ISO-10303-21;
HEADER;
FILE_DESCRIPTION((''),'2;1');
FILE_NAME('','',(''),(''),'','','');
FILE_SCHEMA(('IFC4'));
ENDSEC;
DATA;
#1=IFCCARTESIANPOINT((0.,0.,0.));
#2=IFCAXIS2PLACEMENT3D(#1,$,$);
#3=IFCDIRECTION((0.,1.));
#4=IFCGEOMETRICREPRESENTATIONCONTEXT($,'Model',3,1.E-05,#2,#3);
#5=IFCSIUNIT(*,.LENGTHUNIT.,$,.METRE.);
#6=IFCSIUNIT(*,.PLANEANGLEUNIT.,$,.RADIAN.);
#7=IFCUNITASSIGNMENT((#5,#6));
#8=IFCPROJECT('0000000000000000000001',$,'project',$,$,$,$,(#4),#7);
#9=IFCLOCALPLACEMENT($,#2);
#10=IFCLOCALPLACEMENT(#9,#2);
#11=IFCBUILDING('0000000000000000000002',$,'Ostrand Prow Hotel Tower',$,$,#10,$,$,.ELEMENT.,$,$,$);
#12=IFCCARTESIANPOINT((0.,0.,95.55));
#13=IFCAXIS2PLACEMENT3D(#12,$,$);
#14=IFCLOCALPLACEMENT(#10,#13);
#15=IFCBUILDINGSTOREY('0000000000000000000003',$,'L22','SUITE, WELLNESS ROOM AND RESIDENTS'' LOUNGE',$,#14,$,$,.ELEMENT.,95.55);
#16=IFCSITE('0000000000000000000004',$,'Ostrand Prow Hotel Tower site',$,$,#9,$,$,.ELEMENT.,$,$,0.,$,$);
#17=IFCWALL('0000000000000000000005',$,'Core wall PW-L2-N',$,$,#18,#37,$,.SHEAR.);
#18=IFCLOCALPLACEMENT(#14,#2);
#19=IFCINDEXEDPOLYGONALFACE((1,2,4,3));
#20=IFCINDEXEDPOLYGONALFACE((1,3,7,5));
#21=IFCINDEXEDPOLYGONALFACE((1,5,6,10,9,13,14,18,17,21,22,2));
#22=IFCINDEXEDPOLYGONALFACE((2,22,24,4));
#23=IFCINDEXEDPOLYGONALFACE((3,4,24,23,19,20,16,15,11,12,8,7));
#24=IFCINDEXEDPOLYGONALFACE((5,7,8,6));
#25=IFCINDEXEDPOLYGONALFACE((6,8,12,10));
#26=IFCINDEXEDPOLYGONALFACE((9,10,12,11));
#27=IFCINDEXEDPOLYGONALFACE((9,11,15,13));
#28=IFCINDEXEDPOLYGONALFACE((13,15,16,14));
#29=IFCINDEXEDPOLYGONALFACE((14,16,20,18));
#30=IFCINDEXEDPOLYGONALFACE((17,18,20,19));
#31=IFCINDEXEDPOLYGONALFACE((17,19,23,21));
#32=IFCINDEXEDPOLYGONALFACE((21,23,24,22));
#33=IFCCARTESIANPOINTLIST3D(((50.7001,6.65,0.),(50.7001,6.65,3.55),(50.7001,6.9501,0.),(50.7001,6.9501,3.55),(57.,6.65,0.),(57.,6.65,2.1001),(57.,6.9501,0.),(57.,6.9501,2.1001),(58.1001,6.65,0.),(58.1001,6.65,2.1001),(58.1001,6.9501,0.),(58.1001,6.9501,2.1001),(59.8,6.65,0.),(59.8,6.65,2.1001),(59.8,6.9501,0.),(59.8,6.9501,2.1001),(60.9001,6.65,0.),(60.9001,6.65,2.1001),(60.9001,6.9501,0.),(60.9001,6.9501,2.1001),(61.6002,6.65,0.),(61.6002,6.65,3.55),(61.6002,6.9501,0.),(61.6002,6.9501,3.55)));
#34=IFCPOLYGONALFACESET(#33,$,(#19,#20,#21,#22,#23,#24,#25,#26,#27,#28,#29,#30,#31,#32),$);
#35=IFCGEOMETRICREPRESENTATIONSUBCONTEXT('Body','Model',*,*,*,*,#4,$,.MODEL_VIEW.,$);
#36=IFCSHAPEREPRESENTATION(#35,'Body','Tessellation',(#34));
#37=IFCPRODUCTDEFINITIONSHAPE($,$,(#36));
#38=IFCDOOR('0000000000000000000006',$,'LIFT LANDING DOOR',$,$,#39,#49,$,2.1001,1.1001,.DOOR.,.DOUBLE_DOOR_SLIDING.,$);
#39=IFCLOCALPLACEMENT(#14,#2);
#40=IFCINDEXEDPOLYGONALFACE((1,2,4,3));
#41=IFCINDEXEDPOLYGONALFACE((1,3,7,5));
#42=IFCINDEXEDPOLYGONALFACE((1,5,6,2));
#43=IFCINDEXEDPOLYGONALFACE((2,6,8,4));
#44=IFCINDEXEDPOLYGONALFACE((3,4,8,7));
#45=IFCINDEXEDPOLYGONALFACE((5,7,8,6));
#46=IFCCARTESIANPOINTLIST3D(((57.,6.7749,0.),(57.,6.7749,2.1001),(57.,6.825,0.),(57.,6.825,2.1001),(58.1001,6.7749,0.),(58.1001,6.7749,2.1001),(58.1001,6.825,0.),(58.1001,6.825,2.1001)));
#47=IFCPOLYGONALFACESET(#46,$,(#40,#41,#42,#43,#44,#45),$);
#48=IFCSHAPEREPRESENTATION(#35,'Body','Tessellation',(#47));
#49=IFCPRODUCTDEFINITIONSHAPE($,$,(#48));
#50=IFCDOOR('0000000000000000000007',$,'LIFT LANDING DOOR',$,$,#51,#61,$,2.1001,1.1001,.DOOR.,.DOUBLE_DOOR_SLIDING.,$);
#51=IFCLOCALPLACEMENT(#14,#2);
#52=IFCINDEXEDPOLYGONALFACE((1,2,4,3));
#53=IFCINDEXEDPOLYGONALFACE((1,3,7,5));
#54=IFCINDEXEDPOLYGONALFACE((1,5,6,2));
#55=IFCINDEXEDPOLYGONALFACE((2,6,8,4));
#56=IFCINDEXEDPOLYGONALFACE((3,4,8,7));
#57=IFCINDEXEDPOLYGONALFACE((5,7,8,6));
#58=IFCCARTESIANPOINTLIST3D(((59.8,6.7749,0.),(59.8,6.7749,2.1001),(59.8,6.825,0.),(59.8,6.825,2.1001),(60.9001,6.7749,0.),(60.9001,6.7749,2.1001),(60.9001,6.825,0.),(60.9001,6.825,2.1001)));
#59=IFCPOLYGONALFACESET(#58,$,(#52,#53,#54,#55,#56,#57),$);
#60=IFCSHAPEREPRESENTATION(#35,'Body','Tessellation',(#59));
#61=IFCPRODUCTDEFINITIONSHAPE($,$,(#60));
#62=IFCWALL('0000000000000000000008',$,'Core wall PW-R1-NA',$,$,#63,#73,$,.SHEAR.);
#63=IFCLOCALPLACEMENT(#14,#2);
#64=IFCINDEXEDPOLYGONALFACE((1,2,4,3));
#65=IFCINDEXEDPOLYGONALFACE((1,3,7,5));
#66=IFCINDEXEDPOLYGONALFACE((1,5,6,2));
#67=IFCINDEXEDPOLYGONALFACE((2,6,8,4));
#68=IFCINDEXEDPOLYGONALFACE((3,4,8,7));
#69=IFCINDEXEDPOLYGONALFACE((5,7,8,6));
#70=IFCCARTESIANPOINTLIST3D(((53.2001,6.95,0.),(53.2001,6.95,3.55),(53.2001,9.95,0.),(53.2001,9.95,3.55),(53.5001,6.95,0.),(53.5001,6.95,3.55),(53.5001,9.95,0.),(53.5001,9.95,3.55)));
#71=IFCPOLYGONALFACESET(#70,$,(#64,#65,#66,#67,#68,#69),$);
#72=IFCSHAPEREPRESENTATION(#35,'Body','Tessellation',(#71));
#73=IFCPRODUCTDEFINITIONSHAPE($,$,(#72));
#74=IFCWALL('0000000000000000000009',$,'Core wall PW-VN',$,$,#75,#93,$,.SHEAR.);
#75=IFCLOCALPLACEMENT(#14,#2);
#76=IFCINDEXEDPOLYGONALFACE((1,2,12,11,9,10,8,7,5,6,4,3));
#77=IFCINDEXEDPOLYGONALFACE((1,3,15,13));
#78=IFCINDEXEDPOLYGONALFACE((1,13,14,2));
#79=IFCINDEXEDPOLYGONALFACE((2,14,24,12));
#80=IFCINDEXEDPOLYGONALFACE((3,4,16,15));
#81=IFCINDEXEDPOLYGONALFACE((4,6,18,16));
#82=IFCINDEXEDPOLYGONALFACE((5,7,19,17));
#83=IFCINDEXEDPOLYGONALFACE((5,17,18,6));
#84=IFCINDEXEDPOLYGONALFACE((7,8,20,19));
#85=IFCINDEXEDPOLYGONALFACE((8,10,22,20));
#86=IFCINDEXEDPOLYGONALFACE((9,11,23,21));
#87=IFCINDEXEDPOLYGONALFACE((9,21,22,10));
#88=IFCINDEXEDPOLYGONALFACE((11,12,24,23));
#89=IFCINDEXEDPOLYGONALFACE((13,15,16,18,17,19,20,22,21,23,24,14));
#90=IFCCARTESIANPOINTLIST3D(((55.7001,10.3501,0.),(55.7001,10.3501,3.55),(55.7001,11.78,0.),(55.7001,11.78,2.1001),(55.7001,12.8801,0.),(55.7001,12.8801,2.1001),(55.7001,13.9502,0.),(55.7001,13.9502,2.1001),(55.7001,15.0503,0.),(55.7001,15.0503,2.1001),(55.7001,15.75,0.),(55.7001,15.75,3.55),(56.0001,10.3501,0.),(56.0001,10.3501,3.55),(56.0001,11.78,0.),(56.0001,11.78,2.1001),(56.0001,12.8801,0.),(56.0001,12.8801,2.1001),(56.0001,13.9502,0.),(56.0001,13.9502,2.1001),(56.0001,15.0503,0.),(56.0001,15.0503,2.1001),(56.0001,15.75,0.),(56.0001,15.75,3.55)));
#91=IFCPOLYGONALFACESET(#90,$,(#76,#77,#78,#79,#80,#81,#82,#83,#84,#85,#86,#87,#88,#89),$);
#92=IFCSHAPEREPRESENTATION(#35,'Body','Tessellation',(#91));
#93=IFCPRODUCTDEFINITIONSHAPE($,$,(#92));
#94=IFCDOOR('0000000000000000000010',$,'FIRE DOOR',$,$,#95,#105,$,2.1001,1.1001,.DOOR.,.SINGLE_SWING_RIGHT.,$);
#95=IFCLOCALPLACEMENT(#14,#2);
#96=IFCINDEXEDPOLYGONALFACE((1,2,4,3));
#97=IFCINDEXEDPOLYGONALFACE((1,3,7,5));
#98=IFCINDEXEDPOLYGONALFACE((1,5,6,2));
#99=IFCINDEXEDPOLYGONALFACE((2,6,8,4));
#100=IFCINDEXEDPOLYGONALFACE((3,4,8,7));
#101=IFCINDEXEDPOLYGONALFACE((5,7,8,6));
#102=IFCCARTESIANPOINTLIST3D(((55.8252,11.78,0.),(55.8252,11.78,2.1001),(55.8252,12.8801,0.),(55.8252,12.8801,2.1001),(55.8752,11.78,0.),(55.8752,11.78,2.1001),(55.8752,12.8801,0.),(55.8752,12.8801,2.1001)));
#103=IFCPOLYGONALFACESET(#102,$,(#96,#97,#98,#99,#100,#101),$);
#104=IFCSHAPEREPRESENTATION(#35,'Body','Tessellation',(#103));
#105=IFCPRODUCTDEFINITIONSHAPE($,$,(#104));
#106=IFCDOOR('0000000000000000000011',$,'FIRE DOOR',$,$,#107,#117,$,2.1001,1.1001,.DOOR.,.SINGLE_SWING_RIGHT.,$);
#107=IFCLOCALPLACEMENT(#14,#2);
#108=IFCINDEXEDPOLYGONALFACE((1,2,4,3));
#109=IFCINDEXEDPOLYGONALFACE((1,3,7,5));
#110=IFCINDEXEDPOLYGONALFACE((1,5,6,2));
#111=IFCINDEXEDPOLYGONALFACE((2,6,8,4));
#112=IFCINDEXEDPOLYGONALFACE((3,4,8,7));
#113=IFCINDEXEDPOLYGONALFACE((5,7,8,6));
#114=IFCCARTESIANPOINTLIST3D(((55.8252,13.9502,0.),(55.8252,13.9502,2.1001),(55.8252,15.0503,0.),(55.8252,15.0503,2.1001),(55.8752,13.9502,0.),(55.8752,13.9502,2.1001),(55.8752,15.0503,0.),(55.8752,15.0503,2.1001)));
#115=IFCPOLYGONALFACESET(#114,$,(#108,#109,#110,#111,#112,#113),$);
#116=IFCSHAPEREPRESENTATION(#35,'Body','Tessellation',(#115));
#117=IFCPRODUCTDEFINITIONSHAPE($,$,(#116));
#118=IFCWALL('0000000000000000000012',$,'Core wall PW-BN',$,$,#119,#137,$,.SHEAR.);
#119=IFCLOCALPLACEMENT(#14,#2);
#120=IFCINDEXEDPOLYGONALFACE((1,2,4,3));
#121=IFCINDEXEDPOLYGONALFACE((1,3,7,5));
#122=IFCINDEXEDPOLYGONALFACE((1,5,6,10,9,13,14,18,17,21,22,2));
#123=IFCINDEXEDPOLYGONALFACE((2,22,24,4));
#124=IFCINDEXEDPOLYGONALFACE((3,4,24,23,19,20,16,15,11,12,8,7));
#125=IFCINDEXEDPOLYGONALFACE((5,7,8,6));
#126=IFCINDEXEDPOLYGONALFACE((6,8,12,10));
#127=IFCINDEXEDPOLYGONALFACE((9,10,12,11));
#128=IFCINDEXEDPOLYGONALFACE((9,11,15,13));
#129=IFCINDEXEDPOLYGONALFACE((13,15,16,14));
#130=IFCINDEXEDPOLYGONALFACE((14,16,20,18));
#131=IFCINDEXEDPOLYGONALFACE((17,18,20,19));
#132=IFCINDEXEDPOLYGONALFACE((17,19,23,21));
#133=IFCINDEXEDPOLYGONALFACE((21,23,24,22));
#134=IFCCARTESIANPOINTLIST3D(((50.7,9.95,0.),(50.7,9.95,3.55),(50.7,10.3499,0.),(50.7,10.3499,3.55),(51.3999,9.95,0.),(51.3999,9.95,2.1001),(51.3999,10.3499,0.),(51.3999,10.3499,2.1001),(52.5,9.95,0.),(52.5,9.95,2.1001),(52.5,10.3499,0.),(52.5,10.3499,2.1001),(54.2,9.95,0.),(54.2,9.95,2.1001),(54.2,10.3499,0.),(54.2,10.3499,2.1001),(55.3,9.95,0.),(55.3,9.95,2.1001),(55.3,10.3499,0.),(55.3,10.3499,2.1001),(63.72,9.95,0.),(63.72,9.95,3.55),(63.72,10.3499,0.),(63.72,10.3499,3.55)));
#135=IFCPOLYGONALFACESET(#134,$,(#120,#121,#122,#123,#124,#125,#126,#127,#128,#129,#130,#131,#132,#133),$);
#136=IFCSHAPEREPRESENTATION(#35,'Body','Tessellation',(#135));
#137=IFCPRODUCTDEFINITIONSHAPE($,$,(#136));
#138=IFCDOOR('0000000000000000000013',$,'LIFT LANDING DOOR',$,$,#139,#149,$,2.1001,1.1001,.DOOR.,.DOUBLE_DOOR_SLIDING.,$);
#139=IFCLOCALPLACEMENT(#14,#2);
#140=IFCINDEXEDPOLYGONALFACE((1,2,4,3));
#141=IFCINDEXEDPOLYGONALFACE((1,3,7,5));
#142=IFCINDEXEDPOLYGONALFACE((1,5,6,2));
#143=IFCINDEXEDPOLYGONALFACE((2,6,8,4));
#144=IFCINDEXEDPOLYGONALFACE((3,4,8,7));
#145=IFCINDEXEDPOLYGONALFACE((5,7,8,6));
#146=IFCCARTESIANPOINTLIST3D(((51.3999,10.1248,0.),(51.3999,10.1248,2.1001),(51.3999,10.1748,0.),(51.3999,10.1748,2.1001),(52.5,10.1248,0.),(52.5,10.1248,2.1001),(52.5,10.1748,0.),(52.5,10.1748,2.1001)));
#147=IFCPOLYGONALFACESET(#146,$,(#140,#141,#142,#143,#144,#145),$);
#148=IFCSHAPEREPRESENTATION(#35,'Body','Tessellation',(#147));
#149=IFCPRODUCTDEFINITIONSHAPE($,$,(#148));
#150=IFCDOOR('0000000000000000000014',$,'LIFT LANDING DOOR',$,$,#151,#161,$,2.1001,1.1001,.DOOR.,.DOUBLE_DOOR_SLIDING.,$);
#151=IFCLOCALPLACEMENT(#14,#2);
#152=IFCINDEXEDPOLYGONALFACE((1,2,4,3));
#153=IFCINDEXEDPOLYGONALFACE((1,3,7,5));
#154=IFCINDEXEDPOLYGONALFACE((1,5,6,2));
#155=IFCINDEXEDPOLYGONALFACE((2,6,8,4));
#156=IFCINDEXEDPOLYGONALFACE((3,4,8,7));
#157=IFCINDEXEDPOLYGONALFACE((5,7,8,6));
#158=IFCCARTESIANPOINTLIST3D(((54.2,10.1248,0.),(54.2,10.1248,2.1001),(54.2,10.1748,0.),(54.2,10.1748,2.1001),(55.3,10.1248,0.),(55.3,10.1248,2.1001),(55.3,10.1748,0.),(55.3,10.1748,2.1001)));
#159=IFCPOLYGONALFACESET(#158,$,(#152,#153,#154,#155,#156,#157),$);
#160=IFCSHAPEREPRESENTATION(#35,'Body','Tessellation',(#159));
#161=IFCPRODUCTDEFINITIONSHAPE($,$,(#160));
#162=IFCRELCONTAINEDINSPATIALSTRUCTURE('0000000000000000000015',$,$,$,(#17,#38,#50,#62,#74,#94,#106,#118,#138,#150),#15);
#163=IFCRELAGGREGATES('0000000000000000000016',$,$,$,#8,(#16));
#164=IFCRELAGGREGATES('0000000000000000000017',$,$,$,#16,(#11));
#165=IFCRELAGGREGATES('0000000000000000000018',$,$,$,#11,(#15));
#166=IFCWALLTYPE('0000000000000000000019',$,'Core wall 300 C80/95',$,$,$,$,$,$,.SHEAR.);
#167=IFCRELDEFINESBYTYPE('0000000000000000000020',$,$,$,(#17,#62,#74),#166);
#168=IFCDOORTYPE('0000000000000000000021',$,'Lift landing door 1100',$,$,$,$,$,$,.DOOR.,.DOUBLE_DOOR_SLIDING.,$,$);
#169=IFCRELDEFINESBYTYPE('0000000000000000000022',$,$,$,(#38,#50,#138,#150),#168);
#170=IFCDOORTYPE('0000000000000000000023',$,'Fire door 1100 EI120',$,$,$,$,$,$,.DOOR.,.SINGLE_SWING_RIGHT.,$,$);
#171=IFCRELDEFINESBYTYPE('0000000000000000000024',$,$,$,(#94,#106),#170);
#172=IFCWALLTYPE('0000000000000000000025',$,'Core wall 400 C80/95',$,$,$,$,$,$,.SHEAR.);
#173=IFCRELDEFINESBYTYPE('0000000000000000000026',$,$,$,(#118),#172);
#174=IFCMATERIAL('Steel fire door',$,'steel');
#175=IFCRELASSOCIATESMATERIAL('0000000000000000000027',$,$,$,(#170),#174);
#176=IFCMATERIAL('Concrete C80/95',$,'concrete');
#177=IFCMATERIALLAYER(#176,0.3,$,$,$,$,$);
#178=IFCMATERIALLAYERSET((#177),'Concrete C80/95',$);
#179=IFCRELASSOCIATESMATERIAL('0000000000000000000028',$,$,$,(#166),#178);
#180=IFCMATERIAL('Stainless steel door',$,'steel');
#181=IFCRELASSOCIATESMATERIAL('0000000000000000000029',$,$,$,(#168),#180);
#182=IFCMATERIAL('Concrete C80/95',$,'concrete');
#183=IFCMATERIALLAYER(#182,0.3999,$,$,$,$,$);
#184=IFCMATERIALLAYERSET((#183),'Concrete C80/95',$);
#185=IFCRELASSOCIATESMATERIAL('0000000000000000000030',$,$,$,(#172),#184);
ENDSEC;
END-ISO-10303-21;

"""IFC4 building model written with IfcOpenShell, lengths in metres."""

from ifc_helpers import new_model, si_unit, direction, frame, frame_2d, origin, place, context, subcontext, project, spatial, rectangle, extrude, material, layer, layer_set, type_object, element, fill, save


model = new_model("IFC4")

# Units and contexts
model_context = context("Model", 3, precision=1e-05, world=origin(), true_north=direction((0.0, 1.0)))
body_context = subcontext(model_context, "Body", "Model", "MODEL_VIEW")
ifc_project = project(units=[si_unit("LENGTHUNIT", "METRE"), si_unit("PLANEANGLEUNIT", "RADIAN")], contexts=[model_context])

# Site, building, storey
site_placement = place(None, origin())
site = spatial("IfcSite", under=ifc_project, at=site_placement, Name="Ostrand Prow Hotel Tower site", CompositionType="ELEMENT", RefElevation=0.0)
building_placement = place(site_placement, origin())
building = spatial("IfcBuilding", under=site, at=building_placement, Name="Ostrand Prow Hotel Tower", CompositionType="ELEMENT")
storey_placement = place(building_placement, frame((0.0, 0.0, 95.55)))
storey = spatial("IfcBuildingStorey", under=building, at=storey_placement, Name="L22", Description="SUITE, WELLNESS ROOM AND RESIDENTS' LOUNGE", CompositionType="ELEMENT", Elevation=95.55)

# Shared definitions
ifc_material_1 = material(Name="Steel fire door", Category="steel")
door_type_1 = type_object("IfcDoorType", Name="Fire door 1100 EI120", OperationType="SINGLE_SWING_RIGHT", PredefinedType="DOOR", material=ifc_material_1)

# Wall, openings, doors
ifc_material_2 = material(Name="Concrete C80/95", Category="concrete")
ifc_layer_1 = layer(ifc_material_2, 0.3)
ifc_layer_set_1 = layer_set([ifc_layer_1], Name="Concrete C80/95")
wall_type_1 = type_object("IfcWallType", Name="Core wall 300 C80/95", PredefinedType="SHEAR", material=ifc_layer_set_1)
wall_1_placement = place(storey_placement, frame((50.7, 6.8, 0.0), z_axis=(0.0, 0.0, 1.0), x_axis=(1.0, 0.0, 0.0)))
wall_1 = element("IfcWall", 1, at=wall_1_placement, inside=storey, type_object=wall_type_1, Name="Core wall PW-L2-N", PredefinedType="SHEAR", context=body_context, shape_type="SweptSolid", body=[
    extrude(rectangle(XDim=10.9001, YDim=0.3, at=frame_2d((5.4502, 0.0))), origin(), (0.0, 0.0, 1.0), 3.55),
])
opening_1_placement = place(wall_1_placement, frame((6.3, 0.0, 0.0)))
opening_1 = element("IfcOpeningElement", 2, at=opening_1_placement, cuts=wall_1, PredefinedType="OPENING", context=body_context, shape_type="SweptSolid", body=[
    extrude(rectangle(XDim=1.1001, YDim=2.1001, at=frame_2d((0.55, 1.05))), frame((0.0, 0.1599, 0.0), z_axis=(0.0, -1.0, 0.0), x_axis=(1.0, 0.0, 0.0)), (0.0, 0.0, 1.0), 0.3201),
])
opening_2_placement = place(wall_1_placement, frame((9.1001, 0.0, 0.0)))
opening_2 = element("IfcOpeningElement", 3, at=opening_2_placement, cuts=wall_1, PredefinedType="OPENING", context=body_context, shape_type="SweptSolid", body=[
    extrude(rectangle(XDim=1.1001, YDim=2.1001, at=frame_2d((0.55, 1.05))), frame((0.0, 0.1599, 0.0), z_axis=(0.0, -1.0, 0.0), x_axis=(1.0, 0.0, 0.0)), (0.0, 0.0, 1.0), 0.3201),
])
ifc_material_3 = material(Name="Stainless steel door", Category="steel")
door_type_2 = type_object("IfcDoorType", Name="Lift landing door 1100", OperationType="DOUBLE_DOOR_SLIDING", PredefinedType="DOOR", material=ifc_material_3)
door_1_placement = place(opening_1_placement, origin())
door_1 = element("IfcDoor", 4, at=door_1_placement, inside=storey, type_object=door_type_2, Name="LIFT LANDING DOOR", OperationType="DOUBLE_DOOR_SLIDING", OverallHeight=2.1001, OverallWidth=1.1001, PredefinedType="DOOR", context=body_context, shape_type="SweptSolid", body=[
    extrude(rectangle(XDim=1.1001, YDim=2.1001, at=frame_2d((0.55, 1.05))), frame((0.0, 0.0249, 0.0), z_axis=(0.0, -1.0, 0.0), x_axis=(1.0, 0.0, 0.0)), (0.0, 0.0, 1.0), 0.05),
])
fill(opening_1, door_1)
door_2_placement = place(opening_2_placement, origin())
door_2 = element("IfcDoor", 5, at=door_2_placement, inside=storey, type_object=door_type_2, Name="LIFT LANDING DOOR", OperationType="DOUBLE_DOOR_SLIDING", OverallHeight=2.1001, OverallWidth=1.1001, PredefinedType="DOOR", context=body_context, shape_type="SweptSolid", body=[
    extrude(rectangle(XDim=1.1001, YDim=2.1001, at=frame_2d((0.55, 1.05))), frame((0.0, 0.0249, 0.0), z_axis=(0.0, -1.0, 0.0), x_axis=(1.0, 0.0, 0.0)), (0.0, 0.0, 1.0), 0.05),
])
fill(opening_2, door_2)

# Wall
wall_2_placement = place(storey_placement, frame((53.3501, 6.95, 0.0), z_axis=(0.0, 0.0, 1.0), x_axis=(0.0, 1.0, 0.0)))
element("IfcWall", 6, at=wall_2_placement, inside=storey, type_object=wall_type_1, Name="Core wall PW-R1-NA", PredefinedType="SHEAR", context=body_context, shape_type="SweptSolid", body=[
    extrude(rectangle(XDim=3.0, YDim=0.3, at=frame_2d((1.5, 0.0))), origin(), (0.0, 0.0, 1.0), 3.55),
])

# Walls, openings, doors
wall_3_placement = place(storey_placement, frame((55.8501, 10.3501, 0.0), z_axis=(0.0, 0.0, 1.0), x_axis=(0.0, 1.0, 0.0)))
wall_3 = element("IfcWall", 7, at=wall_3_placement, inside=storey, type_object=wall_type_1, Name="Core wall PW-VN", PredefinedType="SHEAR", context=body_context, shape_type="SweptSolid", body=[
    extrude(rectangle(XDim=5.3999, YDim=0.3, at=frame_2d((2.7, 0.0))), origin(), (0.0, 0.0, 1.0), 3.55),
])
opening_3_placement = place(wall_3_placement, frame((1.4299, 0.0, 0.0)))
opening_3 = element("IfcOpeningElement", 8, at=opening_3_placement, cuts=wall_3, PredefinedType="OPENING", context=body_context, shape_type="SweptSolid", body=[
    extrude(rectangle(XDim=1.1001, YDim=2.1001, at=frame_2d((0.55, 1.05))), frame((0.0, 0.1599, 0.0), z_axis=(0.0, -1.0, 0.0), x_axis=(1.0, 0.0, 0.0)), (0.0, 0.0, 1.0), 0.3201),
])
opening_4_placement = place(wall_3_placement, frame((3.6001, 0.0, 0.0)))
opening_4 = element("IfcOpeningElement", 9, at=opening_4_placement, cuts=wall_3, PredefinedType="OPENING", context=body_context, shape_type="SweptSolid", body=[
    extrude(rectangle(XDim=1.1001, YDim=2.1001, at=frame_2d((0.55, 1.05))), frame((0.0, 0.1599, 0.0), z_axis=(0.0, -1.0, 0.0), x_axis=(1.0, 0.0, 0.0)), (0.0, 0.0, 1.0), 0.3201),
])
door_3_placement = place(opening_3_placement, origin())
door_3 = element("IfcDoor", 10, at=door_3_placement, inside=storey, type_object=door_type_1, Name="FIRE DOOR", OperationType="SINGLE_SWING_RIGHT", OverallHeight=2.1001, OverallWidth=1.1001, PredefinedType="DOOR", context=body_context, shape_type="SweptSolid", body=[
    extrude(rectangle(XDim=1.1001, YDim=2.1001, at=frame_2d((0.55, 1.05))), frame((0.0, 0.0249, 0.0), z_axis=(0.0, -1.0, 0.0), x_axis=(1.0, 0.0, 0.0)), (0.0, 0.0, 1.0), 0.05),
])
fill(opening_3, door_3)
door_4_placement = place(opening_4_placement, origin())
door_4 = element("IfcDoor", 11, at=door_4_placement, inside=storey, type_object=door_type_1, Name="FIRE DOOR", OperationType="SINGLE_SWING_RIGHT", OverallHeight=2.1001, OverallWidth=1.1001, PredefinedType="DOOR", context=body_context, shape_type="SweptSolid", body=[
    extrude(rectangle(XDim=1.1001, YDim=2.1001, at=frame_2d((0.55, 1.05))), frame((0.0, 0.0249, 0.0), z_axis=(0.0, -1.0, 0.0), x_axis=(1.0, 0.0, 0.0)), (0.0, 0.0, 1.0), 0.05),
])
fill(opening_4, door_4)
ifc_material_4 = material(Name="Concrete C80/95", Category="concrete")
ifc_layer_2 = layer(ifc_material_4, 0.3999)
ifc_layer_set_2 = layer_set([ifc_layer_2], Name="Concrete C80/95")
wall_type_2 = type_object("IfcWallType", Name="Core wall 400 C80/95", PredefinedType="SHEAR", material=ifc_layer_set_2)
wall_4_placement = place(storey_placement, frame((50.7, 10.1499, 0.0), z_axis=(0.0, 0.0, 1.0), x_axis=(1.0, 0.0, 0.0)))
wall_4 = element("IfcWall", 12, at=wall_4_placement, inside=storey, type_object=wall_type_2, Name="Core wall PW-BN", PredefinedType="SHEAR", context=body_context, shape_type="SweptSolid", body=[
    extrude(rectangle(XDim=13.02, YDim=0.3999, at=frame_2d((6.51, 0.0))), origin(), (0.0, 0.0, 1.0), 3.55),
])
opening_5_placement = place(wall_4_placement, frame((0.7, 0.0, 0.0)))
opening_5 = element("IfcOpeningElement", 13, at=opening_5_placement, cuts=wall_4, PredefinedType="OPENING", context=body_context, shape_type="SweptSolid", body=[
    extrude(rectangle(XDim=1.1001, YDim=2.1001, at=frame_2d((0.55, 1.05))), frame((0.0, 0.21, 0.0), z_axis=(0.0, -1.0, 0.0), x_axis=(1.0, 0.0, 0.0)), (0.0, 0.0, 1.0), 0.4199),
])
opening_6_placement = place(wall_4_placement, frame((3.5, 0.0, 0.0)))
opening_6 = element("IfcOpeningElement", 14, at=opening_6_placement, cuts=wall_4, PredefinedType="OPENING", context=body_context, shape_type="SweptSolid", body=[
    extrude(rectangle(XDim=1.1001, YDim=2.1001, at=frame_2d((0.55, 1.05))), frame((0.0, 0.21, 0.0), z_axis=(0.0, -1.0, 0.0), x_axis=(1.0, 0.0, 0.0)), (0.0, 0.0, 1.0), 0.4199),
])
door_5_placement = place(opening_5_placement, origin())
door_5 = element("IfcDoor", 15, at=door_5_placement, inside=storey, type_object=door_type_2, Name="LIFT LANDING DOOR", OperationType="DOUBLE_DOOR_SLIDING", OverallHeight=2.1001, OverallWidth=1.1001, PredefinedType="DOOR", context=body_context, shape_type="SweptSolid", body=[
    extrude(rectangle(XDim=1.1001, YDim=2.1001, at=frame_2d((0.55, 1.05))), frame((0.0, 0.0249, 0.0), z_axis=(0.0, -1.0, 0.0), x_axis=(1.0, 0.0, 0.0)), (0.0, 0.0, 1.0), 0.05),
])
fill(opening_5, door_5)
door_6_placement = place(opening_6_placement, origin())
door_6 = element("IfcDoor", 16, at=door_6_placement, inside=storey, type_object=door_type_2, Name="LIFT LANDING DOOR", OperationType="DOUBLE_DOOR_SLIDING", OverallHeight=2.1001, OverallWidth=1.1001, PredefinedType="DOOR", context=body_context, shape_type="SweptSolid", body=[
    extrude(rectangle(XDim=1.1001, YDim=2.1001, at=frame_2d((0.55, 1.05))), frame((0.0, 0.0249, 0.0), z_axis=(0.0, -1.0, 0.0), x_axis=(1.0, 0.0, 0.0)), (0.0, 0.0, 1.0), 0.05),
])
fill(opening_6, door_6)

save(model, "model.ifc")
